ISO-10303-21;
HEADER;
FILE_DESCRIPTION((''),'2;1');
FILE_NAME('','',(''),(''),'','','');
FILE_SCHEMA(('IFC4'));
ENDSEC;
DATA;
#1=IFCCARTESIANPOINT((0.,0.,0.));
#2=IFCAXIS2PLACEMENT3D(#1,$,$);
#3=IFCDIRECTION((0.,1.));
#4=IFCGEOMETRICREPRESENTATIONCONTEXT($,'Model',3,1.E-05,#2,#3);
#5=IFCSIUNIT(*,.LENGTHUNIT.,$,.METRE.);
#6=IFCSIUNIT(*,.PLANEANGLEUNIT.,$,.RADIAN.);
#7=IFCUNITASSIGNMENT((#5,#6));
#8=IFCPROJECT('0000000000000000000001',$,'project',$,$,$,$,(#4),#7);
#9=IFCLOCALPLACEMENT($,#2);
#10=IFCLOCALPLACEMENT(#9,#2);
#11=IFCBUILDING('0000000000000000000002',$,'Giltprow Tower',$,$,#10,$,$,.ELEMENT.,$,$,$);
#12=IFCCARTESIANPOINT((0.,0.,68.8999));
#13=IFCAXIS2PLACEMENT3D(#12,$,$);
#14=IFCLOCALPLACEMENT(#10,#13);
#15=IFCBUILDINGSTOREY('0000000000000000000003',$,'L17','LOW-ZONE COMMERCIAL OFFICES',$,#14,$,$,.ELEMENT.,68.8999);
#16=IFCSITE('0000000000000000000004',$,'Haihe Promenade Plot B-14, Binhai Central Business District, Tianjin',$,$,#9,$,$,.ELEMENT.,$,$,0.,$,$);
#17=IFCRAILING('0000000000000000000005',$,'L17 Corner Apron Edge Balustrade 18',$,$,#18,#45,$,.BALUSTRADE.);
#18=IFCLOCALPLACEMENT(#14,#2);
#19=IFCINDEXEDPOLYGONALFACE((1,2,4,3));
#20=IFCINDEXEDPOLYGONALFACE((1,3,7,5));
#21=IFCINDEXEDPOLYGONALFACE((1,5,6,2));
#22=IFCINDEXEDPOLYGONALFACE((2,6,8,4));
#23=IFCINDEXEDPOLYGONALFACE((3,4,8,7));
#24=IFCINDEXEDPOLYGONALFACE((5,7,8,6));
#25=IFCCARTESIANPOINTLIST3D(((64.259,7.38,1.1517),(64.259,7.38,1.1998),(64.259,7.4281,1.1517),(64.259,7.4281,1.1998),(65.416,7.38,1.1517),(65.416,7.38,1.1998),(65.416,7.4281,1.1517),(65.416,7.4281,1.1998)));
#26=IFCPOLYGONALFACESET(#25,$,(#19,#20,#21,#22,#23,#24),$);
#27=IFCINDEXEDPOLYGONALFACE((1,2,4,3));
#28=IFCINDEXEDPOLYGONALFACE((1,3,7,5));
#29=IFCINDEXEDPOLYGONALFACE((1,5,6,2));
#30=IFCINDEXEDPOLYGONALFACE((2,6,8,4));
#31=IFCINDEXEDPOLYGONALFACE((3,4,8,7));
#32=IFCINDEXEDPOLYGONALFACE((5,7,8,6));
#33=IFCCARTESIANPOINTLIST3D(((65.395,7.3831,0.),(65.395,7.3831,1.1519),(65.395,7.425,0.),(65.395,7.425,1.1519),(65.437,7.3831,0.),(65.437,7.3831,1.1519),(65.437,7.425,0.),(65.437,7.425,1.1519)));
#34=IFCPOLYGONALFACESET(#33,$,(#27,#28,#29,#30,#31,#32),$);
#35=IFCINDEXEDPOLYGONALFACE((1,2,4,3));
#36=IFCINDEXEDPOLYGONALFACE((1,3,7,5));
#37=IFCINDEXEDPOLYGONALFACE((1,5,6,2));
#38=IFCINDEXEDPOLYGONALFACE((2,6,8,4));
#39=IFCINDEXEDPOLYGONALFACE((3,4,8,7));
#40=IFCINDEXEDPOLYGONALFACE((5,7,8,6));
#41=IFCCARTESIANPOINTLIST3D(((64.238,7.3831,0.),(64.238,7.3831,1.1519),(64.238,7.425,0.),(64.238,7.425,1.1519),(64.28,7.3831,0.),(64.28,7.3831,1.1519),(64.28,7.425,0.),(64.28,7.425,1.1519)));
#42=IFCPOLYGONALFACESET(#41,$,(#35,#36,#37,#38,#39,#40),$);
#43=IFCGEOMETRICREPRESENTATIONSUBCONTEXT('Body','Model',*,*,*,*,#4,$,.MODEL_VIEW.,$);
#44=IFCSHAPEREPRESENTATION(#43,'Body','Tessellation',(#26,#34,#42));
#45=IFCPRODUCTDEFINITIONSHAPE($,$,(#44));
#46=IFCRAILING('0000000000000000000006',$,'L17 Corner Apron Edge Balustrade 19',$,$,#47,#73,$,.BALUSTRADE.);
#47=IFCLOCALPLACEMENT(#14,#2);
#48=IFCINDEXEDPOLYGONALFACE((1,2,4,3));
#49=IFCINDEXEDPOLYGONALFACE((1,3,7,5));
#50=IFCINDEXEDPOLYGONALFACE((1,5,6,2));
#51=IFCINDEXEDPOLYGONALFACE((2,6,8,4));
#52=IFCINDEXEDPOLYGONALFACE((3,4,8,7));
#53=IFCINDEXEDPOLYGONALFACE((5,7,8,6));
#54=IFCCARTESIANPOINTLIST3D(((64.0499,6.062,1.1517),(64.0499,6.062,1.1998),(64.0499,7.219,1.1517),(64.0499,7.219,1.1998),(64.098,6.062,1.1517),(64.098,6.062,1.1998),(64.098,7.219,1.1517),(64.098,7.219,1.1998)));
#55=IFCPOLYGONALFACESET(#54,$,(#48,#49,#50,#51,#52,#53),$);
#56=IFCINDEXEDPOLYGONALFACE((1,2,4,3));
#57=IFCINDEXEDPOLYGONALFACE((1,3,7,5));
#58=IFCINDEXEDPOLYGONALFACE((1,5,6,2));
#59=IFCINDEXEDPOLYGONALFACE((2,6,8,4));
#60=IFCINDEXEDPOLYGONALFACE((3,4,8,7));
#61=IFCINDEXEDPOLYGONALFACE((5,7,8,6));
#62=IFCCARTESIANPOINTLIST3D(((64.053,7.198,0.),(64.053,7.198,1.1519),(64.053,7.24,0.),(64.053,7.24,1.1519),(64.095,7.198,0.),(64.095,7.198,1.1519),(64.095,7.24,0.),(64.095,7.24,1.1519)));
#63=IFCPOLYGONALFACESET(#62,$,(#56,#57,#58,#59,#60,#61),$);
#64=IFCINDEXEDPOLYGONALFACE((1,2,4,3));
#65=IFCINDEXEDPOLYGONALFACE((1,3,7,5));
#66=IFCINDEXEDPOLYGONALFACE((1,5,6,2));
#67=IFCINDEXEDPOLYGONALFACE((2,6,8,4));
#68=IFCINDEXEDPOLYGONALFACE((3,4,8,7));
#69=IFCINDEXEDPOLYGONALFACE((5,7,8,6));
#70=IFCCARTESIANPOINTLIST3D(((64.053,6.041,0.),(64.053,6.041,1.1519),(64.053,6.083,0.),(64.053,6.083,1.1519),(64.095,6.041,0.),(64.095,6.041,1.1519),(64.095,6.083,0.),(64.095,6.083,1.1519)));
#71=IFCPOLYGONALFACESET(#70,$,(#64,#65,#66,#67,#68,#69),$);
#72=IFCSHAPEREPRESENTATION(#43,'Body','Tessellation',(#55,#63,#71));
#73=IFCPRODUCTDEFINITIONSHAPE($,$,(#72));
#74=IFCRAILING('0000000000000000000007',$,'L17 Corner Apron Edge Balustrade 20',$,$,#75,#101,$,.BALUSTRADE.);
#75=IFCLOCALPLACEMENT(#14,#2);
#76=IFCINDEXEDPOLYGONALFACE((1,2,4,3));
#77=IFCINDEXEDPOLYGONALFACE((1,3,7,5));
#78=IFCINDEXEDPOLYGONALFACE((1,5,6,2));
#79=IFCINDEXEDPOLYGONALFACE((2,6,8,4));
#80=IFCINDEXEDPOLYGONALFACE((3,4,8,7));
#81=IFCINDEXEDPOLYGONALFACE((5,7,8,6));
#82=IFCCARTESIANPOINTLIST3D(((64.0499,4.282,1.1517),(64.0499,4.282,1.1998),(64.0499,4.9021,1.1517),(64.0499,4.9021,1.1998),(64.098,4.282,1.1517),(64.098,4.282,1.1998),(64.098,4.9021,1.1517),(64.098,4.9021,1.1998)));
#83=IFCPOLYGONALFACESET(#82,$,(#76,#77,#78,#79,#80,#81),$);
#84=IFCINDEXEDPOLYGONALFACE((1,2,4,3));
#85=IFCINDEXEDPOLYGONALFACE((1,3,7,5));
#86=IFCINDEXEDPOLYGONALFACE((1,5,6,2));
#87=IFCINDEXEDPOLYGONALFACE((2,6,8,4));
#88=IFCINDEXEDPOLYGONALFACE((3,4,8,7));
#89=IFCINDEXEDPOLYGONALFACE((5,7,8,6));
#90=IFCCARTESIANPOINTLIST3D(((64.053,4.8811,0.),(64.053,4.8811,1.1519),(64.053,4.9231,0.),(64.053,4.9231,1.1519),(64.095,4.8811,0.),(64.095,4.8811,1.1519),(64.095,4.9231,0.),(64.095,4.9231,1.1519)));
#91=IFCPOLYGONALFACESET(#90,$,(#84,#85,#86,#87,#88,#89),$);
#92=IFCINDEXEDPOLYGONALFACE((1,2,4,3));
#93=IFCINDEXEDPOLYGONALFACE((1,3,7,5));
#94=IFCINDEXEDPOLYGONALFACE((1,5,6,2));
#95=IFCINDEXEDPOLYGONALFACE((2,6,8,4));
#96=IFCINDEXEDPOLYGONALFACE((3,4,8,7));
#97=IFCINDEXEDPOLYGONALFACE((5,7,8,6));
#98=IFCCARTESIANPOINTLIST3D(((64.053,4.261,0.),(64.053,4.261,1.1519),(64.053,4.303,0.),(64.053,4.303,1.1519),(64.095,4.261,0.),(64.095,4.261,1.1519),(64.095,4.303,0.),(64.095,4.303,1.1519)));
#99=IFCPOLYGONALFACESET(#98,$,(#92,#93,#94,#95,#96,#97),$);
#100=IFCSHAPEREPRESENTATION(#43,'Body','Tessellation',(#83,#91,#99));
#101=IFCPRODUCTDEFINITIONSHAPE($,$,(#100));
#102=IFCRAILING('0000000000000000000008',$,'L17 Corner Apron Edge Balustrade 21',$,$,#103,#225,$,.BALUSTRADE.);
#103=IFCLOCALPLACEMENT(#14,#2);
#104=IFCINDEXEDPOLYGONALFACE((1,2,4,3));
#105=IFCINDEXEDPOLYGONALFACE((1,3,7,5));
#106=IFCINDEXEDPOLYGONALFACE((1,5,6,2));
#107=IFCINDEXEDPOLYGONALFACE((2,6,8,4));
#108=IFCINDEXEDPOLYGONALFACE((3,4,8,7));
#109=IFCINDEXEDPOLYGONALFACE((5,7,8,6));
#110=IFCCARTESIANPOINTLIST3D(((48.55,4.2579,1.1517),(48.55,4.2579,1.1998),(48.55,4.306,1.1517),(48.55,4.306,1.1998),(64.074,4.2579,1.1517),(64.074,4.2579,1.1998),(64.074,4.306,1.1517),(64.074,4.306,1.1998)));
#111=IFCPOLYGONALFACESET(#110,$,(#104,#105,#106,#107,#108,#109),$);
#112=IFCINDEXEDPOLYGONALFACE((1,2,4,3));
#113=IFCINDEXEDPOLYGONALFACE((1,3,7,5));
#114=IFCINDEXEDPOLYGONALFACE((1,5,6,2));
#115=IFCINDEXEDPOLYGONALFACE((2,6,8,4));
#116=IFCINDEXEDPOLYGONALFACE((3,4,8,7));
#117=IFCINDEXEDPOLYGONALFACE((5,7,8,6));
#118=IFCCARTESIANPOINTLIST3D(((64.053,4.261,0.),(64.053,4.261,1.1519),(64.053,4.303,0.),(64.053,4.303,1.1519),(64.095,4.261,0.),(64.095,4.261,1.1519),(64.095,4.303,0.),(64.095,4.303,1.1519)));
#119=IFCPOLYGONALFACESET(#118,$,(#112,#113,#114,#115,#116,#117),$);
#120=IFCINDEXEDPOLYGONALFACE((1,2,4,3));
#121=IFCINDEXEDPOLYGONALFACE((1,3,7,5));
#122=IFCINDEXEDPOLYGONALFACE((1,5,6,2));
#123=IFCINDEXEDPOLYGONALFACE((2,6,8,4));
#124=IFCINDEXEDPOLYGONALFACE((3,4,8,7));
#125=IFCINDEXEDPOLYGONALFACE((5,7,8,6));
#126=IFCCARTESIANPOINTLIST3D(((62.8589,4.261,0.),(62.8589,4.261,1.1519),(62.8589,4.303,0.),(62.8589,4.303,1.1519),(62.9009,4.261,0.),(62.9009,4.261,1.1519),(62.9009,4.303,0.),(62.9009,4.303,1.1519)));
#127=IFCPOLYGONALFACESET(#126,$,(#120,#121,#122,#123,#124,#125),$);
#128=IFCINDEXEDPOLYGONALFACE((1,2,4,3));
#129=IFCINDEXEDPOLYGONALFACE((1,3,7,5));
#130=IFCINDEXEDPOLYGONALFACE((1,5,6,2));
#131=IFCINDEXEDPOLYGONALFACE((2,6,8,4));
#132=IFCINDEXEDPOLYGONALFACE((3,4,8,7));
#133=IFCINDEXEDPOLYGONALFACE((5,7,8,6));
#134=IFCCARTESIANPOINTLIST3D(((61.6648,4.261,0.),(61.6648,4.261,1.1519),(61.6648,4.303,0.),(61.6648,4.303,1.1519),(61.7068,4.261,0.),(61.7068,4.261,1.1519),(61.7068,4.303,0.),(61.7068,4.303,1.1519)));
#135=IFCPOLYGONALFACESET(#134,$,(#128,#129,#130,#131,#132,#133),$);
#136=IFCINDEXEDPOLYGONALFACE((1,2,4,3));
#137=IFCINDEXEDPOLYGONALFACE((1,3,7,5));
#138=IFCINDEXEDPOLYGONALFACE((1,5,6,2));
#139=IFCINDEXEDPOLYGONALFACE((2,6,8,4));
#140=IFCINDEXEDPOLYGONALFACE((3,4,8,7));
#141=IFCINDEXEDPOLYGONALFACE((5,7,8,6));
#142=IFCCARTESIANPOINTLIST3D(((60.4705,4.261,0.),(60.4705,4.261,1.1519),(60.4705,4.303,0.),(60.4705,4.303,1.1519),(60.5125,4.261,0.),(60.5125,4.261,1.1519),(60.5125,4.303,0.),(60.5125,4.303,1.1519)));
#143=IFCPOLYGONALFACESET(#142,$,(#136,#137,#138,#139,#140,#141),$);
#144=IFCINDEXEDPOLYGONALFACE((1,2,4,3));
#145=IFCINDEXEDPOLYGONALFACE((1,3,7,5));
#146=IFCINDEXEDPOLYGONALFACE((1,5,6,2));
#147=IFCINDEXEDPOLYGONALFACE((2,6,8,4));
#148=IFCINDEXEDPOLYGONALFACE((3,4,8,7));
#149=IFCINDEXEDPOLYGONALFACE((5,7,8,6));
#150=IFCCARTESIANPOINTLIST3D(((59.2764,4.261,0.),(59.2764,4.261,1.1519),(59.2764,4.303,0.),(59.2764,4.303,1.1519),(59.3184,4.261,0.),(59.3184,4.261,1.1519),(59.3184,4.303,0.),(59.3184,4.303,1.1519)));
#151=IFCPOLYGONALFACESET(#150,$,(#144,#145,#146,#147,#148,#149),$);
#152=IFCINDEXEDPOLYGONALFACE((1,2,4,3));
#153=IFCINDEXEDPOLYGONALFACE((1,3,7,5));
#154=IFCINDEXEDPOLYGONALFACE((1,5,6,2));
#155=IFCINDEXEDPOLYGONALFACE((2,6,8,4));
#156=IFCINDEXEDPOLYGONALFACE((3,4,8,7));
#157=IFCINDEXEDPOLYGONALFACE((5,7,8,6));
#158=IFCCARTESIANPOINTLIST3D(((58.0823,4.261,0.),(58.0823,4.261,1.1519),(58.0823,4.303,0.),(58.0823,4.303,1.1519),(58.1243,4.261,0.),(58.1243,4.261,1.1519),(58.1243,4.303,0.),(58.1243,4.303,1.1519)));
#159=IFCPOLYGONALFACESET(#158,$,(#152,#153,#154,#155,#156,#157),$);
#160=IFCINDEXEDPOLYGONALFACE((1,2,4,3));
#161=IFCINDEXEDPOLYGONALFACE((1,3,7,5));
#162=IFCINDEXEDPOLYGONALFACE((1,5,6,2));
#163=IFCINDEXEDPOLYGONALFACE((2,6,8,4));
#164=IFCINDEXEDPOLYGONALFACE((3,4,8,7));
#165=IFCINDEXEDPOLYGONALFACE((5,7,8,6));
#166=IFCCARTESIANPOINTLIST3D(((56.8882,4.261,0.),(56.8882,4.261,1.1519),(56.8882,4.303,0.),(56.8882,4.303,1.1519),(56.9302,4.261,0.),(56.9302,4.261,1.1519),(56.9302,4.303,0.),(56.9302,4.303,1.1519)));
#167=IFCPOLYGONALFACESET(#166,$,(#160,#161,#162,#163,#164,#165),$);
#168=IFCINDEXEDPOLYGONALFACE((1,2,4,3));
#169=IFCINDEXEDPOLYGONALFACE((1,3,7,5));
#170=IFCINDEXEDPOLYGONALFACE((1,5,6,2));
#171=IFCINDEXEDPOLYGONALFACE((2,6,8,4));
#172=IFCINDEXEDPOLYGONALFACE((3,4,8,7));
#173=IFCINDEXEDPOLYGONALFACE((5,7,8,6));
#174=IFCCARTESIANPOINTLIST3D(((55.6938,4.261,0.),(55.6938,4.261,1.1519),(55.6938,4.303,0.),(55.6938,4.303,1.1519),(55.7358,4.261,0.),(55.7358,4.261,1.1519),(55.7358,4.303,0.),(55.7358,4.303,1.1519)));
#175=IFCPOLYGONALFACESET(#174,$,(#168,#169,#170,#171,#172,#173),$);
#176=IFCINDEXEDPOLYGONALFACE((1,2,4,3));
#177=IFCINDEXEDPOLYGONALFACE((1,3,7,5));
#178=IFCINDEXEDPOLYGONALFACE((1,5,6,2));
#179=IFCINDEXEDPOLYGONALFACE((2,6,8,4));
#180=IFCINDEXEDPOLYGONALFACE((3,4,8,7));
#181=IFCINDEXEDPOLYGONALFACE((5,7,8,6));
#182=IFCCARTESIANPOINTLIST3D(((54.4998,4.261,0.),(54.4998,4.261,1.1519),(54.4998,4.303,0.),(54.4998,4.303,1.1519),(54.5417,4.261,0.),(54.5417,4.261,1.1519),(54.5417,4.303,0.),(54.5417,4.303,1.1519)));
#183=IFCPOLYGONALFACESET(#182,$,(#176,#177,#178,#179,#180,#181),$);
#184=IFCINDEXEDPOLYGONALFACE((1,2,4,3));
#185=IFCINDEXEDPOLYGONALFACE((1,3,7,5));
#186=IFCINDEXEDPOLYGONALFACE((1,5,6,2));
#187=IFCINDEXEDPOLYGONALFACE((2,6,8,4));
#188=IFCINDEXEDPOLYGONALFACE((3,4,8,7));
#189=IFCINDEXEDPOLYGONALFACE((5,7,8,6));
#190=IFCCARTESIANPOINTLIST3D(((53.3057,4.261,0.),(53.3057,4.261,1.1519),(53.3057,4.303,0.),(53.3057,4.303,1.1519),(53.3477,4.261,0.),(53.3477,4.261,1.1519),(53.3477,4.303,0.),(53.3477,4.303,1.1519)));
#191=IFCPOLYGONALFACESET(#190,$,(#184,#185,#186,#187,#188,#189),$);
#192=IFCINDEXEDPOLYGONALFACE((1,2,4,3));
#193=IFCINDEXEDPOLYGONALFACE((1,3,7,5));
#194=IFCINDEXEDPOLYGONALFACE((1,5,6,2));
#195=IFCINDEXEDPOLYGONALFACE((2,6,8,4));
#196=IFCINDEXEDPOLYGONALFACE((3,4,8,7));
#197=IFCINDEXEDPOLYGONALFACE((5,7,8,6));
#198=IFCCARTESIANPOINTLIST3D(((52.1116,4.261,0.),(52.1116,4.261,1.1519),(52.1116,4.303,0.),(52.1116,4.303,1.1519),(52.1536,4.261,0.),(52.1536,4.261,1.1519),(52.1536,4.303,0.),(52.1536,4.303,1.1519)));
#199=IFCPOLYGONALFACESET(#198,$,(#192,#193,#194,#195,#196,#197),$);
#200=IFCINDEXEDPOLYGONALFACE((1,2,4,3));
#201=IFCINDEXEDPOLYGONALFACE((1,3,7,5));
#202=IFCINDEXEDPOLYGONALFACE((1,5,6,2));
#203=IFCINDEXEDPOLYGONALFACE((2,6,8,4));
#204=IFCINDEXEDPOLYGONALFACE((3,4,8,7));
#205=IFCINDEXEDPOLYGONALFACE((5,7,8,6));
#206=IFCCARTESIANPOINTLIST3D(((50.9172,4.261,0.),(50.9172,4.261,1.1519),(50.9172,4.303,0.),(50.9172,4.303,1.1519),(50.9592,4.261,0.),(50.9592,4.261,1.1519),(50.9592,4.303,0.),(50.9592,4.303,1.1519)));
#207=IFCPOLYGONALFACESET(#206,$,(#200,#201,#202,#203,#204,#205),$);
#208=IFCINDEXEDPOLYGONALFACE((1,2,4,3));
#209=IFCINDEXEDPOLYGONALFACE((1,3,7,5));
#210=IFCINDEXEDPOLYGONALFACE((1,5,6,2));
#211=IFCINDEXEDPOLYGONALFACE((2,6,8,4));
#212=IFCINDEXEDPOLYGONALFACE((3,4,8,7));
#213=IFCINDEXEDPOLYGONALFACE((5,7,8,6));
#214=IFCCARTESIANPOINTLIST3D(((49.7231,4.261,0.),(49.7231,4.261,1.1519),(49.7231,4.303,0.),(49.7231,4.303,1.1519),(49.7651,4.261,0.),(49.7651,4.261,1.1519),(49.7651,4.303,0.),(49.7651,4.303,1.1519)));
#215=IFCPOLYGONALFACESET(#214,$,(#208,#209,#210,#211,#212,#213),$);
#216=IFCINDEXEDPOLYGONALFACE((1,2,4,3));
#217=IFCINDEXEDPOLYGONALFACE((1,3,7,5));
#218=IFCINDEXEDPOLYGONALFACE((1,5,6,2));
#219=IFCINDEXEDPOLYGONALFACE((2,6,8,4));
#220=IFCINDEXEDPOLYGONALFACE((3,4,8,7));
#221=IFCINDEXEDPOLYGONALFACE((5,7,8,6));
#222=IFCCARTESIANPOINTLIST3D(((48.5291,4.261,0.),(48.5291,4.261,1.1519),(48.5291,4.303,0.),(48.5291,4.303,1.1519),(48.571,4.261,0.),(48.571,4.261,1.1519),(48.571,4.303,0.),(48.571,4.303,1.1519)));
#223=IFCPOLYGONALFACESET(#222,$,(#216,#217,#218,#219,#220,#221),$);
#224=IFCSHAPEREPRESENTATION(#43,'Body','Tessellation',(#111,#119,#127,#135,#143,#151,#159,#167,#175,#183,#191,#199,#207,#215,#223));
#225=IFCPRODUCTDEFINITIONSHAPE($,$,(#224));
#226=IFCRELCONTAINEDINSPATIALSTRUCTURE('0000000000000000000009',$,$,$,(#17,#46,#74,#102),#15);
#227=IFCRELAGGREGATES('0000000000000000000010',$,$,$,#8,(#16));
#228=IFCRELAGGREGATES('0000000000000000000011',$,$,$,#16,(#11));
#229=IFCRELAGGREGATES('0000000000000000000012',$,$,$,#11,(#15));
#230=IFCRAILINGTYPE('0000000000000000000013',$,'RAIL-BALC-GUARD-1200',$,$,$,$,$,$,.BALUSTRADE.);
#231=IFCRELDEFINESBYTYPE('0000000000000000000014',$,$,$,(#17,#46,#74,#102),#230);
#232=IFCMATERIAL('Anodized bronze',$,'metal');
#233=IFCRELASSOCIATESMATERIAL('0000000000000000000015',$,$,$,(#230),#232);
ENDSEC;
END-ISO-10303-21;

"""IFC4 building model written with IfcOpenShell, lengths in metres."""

from ifc_helpers import new_model, si_unit, direction, frame, origin, origin_2d, place, context, subcontext, project, spatial, rectangle, extrude, material, type_object, element, save


model = new_model("IFC4")

# Units and contexts
model_context = context("Model", 3, precision=1e-05, world=origin(), true_north=direction((0.0, 1.0)))
body_context = subcontext(model_context, "Body", "Model", "MODEL_VIEW")
ifc_project = project(units=[si_unit("LENGTHUNIT", "METRE"), si_unit("PLANEANGLEUNIT", "RADIAN")], contexts=[model_context])

# Site, building, storey
site_placement = place(None, origin())
site = spatial("IfcSite", under=ifc_project, at=site_placement, Name="Haihe Promenade Plot B-14, Binhai Central Business District, Tianjin", CompositionType="ELEMENT", RefElevation=0.0)
building_placement = place(site_placement, origin())
building = spatial("IfcBuilding", under=site, at=building_placement, Name="Giltprow Tower", CompositionType="ELEMENT")
storey_placement = place(building_placement, frame((0.0, 0.0, 68.8999)))
storey = spatial("IfcBuildingStorey", under=building, at=storey_placement, Name="L17", Description="LOW-ZONE COMMERCIAL OFFICES", CompositionType="ELEMENT", Elevation=68.8999)

# Shared definitions
ifc_material_1 = material(Name="Anodized bronze", Category="metal")

# Railings
railing_type = type_object("IfcRailingType", Name="RAIL-BALC-GUARD-1200", PredefinedType="BALUSTRADE", material=ifc_material_1)
railing_1_placement = place(storey_placement, frame((65.416, 7.4041, 0.0)))
element("IfcRailing", 1, at=railing_1_placement, inside=storey, type_object=railing_type, Name="L17 Corner Apron Edge Balustrade 18", PredefinedType="BALUSTRADE", context=body_context, shape_type="SweptSolid", body=[
    extrude(rectangle(XDim=0.0481, YDim=0.0481, at=origin_2d()), frame((0.0, 0.0, 1.1758), z_axis=(-1.0, 0.0, 0.0), x_axis=(0.0, -1.0, 0.0)), (0.0, 0.0, 1.0), 1.157),
    extrude(rectangle(XDim=0.042, YDim=0.042, at=origin_2d()), origin(), (0.0, 0.0, 1.0), 1.1519),
    extrude(rectangle(XDim=0.042, YDim=0.042, at=origin_2d()), frame((-1.157, 0.0, 0.0)), (0.0, 0.0, 1.0), 1.1519),
])
railing_2_placement = place(storey_placement, frame((64.074, 7.219, 0.0)))
element("IfcRailing", 2, at=railing_2_placement, inside=storey, type_object=railing_type, Name="L17 Corner Apron Edge Balustrade 19", PredefinedType="BALUSTRADE", context=body_context, shape_type="SweptSolid", body=[
    extrude(rectangle(XDim=0.0481, YDim=0.0481, at=origin_2d()), frame((0.0, 0.0, 1.1758), z_axis=(0.0, -1.0, 0.0), x_axis=(1.0, 0.0, 0.0)), (0.0, 0.0, 1.0), 1.157),
    extrude(rectangle(XDim=0.042, YDim=0.042, at=origin_2d()), origin(), (0.0, 0.0, 1.0), 1.1519),
    extrude(rectangle(XDim=0.042, YDim=0.042, at=origin_2d()), frame((0.0, -1.157, 0.0)), (0.0, 0.0, 1.0), 1.1519),
])
railing_3_placement = place(storey_placement, frame((64.074, 4.9021, 0.0)))
element("IfcRailing", 3, at=railing_3_placement, inside=storey, type_object=railing_type, Name="L17 Corner Apron Edge Balustrade 20", PredefinedType="BALUSTRADE", context=body_context, shape_type="SweptSolid", body=[
    extrude(rectangle(XDim=0.0481, YDim=0.0481, at=origin_2d()), frame((0.0, 0.0, 1.1758), z_axis=(0.0, -1.0, 0.0), x_axis=(1.0, 0.0, 0.0)), (0.0, 0.0, 1.0), 0.6201),
    extrude(rectangle(XDim=0.042, YDim=0.042, at=origin_2d()), origin(), (0.0, 0.0, 1.0), 1.1519),
    extrude(rectangle(XDim=0.042, YDim=0.042, at=origin_2d()), frame((0.0, -0.6201, 0.0)), (0.0, 0.0, 1.0), 1.1519),
])
railing_4_placement = place(storey_placement, frame((64.074, 4.282, 0.0)))
element("IfcRailing", 4, at=railing_4_placement, inside=storey, type_object=railing_type, Name="L17 Corner Apron Edge Balustrade 21", PredefinedType="BALUSTRADE", context=body_context, shape_type="SweptSolid", body=[
    extrude(rectangle(XDim=0.0481, YDim=0.0481, at=origin_2d()), frame((0.0, 0.0, 1.1758), z_axis=(-1.0, 0.0, 0.0), x_axis=(0.0, -1.0, 0.0)), (0.0, 0.0, 1.0), 15.5239),
    extrude(rectangle(XDim=0.042, YDim=0.042, at=origin_2d()), origin(), (0.0, 0.0, 1.0), 1.1519),
    extrude(rectangle(XDim=0.042, YDim=0.042, at=origin_2d()), frame((-1.1941, 0.0, 0.0)), (0.0, 0.0, 1.0), 1.1519),
    extrude(rectangle(XDim=0.042, YDim=0.042, at=origin_2d()), frame((-2.3882, 0.0, 0.0)), (0.0, 0.0, 1.0), 1.1519),
    extrude(rectangle(XDim=0.042, YDim=0.042, at=origin_2d()), frame((-3.5825, 0.0, 0.0)), (0.0, 0.0, 1.0), 1.1519),
    extrude(rectangle(XDim=0.042, YDim=0.042, at=origin_2d()), frame((-4.7766, 0.0, 0.0)), (0.0, 0.0, 1.0), 1.1519),
    extrude(rectangle(XDim=0.042, YDim=0.042, at=origin_2d()), frame((-5.9707, 0.0, 0.0)), (0.0, 0.0, 1.0), 1.1519),
    extrude(rectangle(XDim=0.042, YDim=0.042, at=origin_2d()), frame((-7.1648, 0.0, 0.0)), (0.0, 0.0, 1.0), 1.1519),
    extrude(rectangle(XDim=0.042, YDim=0.042, at=origin_2d()), frame((-8.3591, 0.0, 0.0)), (0.0, 0.0, 1.0), 1.1519),
    extrude(rectangle(XDim=0.042, YDim=0.042, at=origin_2d()), frame((-9.5532, 0.0, 0.0)), (0.0, 0.0, 1.0), 1.1519),
    extrude(rectangle(XDim=0.042, YDim=0.042, at=origin_2d()), frame((-10.7473, 0.0, 0.0)), (0.0, 0.0, 1.0), 1.1519),
    extrude(rectangle(XDim=0.042, YDim=0.042, at=origin_2d()), frame((-11.9414, 0.0, 0.0)), (0.0, 0.0, 1.0), 1.1519),
    extrude(rectangle(XDim=0.042, YDim=0.042, at=origin_2d()), frame((-13.1357, 0.0, 0.0)), (0.0, 0.0, 1.0), 1.1519),
    extrude(rectangle(XDim=0.042, YDim=0.042, at=origin_2d()), frame((-14.3298, 0.0, 0.0)), (0.0, 0.0, 1.0), 1.1519),
    extrude(rectangle(XDim=0.042, YDim=0.042, at=origin_2d()), frame((-15.5239, 0.0, 0.0)), (0.0, 0.0, 1.0), 1.1519),
])

save(model, "model.ifc")
